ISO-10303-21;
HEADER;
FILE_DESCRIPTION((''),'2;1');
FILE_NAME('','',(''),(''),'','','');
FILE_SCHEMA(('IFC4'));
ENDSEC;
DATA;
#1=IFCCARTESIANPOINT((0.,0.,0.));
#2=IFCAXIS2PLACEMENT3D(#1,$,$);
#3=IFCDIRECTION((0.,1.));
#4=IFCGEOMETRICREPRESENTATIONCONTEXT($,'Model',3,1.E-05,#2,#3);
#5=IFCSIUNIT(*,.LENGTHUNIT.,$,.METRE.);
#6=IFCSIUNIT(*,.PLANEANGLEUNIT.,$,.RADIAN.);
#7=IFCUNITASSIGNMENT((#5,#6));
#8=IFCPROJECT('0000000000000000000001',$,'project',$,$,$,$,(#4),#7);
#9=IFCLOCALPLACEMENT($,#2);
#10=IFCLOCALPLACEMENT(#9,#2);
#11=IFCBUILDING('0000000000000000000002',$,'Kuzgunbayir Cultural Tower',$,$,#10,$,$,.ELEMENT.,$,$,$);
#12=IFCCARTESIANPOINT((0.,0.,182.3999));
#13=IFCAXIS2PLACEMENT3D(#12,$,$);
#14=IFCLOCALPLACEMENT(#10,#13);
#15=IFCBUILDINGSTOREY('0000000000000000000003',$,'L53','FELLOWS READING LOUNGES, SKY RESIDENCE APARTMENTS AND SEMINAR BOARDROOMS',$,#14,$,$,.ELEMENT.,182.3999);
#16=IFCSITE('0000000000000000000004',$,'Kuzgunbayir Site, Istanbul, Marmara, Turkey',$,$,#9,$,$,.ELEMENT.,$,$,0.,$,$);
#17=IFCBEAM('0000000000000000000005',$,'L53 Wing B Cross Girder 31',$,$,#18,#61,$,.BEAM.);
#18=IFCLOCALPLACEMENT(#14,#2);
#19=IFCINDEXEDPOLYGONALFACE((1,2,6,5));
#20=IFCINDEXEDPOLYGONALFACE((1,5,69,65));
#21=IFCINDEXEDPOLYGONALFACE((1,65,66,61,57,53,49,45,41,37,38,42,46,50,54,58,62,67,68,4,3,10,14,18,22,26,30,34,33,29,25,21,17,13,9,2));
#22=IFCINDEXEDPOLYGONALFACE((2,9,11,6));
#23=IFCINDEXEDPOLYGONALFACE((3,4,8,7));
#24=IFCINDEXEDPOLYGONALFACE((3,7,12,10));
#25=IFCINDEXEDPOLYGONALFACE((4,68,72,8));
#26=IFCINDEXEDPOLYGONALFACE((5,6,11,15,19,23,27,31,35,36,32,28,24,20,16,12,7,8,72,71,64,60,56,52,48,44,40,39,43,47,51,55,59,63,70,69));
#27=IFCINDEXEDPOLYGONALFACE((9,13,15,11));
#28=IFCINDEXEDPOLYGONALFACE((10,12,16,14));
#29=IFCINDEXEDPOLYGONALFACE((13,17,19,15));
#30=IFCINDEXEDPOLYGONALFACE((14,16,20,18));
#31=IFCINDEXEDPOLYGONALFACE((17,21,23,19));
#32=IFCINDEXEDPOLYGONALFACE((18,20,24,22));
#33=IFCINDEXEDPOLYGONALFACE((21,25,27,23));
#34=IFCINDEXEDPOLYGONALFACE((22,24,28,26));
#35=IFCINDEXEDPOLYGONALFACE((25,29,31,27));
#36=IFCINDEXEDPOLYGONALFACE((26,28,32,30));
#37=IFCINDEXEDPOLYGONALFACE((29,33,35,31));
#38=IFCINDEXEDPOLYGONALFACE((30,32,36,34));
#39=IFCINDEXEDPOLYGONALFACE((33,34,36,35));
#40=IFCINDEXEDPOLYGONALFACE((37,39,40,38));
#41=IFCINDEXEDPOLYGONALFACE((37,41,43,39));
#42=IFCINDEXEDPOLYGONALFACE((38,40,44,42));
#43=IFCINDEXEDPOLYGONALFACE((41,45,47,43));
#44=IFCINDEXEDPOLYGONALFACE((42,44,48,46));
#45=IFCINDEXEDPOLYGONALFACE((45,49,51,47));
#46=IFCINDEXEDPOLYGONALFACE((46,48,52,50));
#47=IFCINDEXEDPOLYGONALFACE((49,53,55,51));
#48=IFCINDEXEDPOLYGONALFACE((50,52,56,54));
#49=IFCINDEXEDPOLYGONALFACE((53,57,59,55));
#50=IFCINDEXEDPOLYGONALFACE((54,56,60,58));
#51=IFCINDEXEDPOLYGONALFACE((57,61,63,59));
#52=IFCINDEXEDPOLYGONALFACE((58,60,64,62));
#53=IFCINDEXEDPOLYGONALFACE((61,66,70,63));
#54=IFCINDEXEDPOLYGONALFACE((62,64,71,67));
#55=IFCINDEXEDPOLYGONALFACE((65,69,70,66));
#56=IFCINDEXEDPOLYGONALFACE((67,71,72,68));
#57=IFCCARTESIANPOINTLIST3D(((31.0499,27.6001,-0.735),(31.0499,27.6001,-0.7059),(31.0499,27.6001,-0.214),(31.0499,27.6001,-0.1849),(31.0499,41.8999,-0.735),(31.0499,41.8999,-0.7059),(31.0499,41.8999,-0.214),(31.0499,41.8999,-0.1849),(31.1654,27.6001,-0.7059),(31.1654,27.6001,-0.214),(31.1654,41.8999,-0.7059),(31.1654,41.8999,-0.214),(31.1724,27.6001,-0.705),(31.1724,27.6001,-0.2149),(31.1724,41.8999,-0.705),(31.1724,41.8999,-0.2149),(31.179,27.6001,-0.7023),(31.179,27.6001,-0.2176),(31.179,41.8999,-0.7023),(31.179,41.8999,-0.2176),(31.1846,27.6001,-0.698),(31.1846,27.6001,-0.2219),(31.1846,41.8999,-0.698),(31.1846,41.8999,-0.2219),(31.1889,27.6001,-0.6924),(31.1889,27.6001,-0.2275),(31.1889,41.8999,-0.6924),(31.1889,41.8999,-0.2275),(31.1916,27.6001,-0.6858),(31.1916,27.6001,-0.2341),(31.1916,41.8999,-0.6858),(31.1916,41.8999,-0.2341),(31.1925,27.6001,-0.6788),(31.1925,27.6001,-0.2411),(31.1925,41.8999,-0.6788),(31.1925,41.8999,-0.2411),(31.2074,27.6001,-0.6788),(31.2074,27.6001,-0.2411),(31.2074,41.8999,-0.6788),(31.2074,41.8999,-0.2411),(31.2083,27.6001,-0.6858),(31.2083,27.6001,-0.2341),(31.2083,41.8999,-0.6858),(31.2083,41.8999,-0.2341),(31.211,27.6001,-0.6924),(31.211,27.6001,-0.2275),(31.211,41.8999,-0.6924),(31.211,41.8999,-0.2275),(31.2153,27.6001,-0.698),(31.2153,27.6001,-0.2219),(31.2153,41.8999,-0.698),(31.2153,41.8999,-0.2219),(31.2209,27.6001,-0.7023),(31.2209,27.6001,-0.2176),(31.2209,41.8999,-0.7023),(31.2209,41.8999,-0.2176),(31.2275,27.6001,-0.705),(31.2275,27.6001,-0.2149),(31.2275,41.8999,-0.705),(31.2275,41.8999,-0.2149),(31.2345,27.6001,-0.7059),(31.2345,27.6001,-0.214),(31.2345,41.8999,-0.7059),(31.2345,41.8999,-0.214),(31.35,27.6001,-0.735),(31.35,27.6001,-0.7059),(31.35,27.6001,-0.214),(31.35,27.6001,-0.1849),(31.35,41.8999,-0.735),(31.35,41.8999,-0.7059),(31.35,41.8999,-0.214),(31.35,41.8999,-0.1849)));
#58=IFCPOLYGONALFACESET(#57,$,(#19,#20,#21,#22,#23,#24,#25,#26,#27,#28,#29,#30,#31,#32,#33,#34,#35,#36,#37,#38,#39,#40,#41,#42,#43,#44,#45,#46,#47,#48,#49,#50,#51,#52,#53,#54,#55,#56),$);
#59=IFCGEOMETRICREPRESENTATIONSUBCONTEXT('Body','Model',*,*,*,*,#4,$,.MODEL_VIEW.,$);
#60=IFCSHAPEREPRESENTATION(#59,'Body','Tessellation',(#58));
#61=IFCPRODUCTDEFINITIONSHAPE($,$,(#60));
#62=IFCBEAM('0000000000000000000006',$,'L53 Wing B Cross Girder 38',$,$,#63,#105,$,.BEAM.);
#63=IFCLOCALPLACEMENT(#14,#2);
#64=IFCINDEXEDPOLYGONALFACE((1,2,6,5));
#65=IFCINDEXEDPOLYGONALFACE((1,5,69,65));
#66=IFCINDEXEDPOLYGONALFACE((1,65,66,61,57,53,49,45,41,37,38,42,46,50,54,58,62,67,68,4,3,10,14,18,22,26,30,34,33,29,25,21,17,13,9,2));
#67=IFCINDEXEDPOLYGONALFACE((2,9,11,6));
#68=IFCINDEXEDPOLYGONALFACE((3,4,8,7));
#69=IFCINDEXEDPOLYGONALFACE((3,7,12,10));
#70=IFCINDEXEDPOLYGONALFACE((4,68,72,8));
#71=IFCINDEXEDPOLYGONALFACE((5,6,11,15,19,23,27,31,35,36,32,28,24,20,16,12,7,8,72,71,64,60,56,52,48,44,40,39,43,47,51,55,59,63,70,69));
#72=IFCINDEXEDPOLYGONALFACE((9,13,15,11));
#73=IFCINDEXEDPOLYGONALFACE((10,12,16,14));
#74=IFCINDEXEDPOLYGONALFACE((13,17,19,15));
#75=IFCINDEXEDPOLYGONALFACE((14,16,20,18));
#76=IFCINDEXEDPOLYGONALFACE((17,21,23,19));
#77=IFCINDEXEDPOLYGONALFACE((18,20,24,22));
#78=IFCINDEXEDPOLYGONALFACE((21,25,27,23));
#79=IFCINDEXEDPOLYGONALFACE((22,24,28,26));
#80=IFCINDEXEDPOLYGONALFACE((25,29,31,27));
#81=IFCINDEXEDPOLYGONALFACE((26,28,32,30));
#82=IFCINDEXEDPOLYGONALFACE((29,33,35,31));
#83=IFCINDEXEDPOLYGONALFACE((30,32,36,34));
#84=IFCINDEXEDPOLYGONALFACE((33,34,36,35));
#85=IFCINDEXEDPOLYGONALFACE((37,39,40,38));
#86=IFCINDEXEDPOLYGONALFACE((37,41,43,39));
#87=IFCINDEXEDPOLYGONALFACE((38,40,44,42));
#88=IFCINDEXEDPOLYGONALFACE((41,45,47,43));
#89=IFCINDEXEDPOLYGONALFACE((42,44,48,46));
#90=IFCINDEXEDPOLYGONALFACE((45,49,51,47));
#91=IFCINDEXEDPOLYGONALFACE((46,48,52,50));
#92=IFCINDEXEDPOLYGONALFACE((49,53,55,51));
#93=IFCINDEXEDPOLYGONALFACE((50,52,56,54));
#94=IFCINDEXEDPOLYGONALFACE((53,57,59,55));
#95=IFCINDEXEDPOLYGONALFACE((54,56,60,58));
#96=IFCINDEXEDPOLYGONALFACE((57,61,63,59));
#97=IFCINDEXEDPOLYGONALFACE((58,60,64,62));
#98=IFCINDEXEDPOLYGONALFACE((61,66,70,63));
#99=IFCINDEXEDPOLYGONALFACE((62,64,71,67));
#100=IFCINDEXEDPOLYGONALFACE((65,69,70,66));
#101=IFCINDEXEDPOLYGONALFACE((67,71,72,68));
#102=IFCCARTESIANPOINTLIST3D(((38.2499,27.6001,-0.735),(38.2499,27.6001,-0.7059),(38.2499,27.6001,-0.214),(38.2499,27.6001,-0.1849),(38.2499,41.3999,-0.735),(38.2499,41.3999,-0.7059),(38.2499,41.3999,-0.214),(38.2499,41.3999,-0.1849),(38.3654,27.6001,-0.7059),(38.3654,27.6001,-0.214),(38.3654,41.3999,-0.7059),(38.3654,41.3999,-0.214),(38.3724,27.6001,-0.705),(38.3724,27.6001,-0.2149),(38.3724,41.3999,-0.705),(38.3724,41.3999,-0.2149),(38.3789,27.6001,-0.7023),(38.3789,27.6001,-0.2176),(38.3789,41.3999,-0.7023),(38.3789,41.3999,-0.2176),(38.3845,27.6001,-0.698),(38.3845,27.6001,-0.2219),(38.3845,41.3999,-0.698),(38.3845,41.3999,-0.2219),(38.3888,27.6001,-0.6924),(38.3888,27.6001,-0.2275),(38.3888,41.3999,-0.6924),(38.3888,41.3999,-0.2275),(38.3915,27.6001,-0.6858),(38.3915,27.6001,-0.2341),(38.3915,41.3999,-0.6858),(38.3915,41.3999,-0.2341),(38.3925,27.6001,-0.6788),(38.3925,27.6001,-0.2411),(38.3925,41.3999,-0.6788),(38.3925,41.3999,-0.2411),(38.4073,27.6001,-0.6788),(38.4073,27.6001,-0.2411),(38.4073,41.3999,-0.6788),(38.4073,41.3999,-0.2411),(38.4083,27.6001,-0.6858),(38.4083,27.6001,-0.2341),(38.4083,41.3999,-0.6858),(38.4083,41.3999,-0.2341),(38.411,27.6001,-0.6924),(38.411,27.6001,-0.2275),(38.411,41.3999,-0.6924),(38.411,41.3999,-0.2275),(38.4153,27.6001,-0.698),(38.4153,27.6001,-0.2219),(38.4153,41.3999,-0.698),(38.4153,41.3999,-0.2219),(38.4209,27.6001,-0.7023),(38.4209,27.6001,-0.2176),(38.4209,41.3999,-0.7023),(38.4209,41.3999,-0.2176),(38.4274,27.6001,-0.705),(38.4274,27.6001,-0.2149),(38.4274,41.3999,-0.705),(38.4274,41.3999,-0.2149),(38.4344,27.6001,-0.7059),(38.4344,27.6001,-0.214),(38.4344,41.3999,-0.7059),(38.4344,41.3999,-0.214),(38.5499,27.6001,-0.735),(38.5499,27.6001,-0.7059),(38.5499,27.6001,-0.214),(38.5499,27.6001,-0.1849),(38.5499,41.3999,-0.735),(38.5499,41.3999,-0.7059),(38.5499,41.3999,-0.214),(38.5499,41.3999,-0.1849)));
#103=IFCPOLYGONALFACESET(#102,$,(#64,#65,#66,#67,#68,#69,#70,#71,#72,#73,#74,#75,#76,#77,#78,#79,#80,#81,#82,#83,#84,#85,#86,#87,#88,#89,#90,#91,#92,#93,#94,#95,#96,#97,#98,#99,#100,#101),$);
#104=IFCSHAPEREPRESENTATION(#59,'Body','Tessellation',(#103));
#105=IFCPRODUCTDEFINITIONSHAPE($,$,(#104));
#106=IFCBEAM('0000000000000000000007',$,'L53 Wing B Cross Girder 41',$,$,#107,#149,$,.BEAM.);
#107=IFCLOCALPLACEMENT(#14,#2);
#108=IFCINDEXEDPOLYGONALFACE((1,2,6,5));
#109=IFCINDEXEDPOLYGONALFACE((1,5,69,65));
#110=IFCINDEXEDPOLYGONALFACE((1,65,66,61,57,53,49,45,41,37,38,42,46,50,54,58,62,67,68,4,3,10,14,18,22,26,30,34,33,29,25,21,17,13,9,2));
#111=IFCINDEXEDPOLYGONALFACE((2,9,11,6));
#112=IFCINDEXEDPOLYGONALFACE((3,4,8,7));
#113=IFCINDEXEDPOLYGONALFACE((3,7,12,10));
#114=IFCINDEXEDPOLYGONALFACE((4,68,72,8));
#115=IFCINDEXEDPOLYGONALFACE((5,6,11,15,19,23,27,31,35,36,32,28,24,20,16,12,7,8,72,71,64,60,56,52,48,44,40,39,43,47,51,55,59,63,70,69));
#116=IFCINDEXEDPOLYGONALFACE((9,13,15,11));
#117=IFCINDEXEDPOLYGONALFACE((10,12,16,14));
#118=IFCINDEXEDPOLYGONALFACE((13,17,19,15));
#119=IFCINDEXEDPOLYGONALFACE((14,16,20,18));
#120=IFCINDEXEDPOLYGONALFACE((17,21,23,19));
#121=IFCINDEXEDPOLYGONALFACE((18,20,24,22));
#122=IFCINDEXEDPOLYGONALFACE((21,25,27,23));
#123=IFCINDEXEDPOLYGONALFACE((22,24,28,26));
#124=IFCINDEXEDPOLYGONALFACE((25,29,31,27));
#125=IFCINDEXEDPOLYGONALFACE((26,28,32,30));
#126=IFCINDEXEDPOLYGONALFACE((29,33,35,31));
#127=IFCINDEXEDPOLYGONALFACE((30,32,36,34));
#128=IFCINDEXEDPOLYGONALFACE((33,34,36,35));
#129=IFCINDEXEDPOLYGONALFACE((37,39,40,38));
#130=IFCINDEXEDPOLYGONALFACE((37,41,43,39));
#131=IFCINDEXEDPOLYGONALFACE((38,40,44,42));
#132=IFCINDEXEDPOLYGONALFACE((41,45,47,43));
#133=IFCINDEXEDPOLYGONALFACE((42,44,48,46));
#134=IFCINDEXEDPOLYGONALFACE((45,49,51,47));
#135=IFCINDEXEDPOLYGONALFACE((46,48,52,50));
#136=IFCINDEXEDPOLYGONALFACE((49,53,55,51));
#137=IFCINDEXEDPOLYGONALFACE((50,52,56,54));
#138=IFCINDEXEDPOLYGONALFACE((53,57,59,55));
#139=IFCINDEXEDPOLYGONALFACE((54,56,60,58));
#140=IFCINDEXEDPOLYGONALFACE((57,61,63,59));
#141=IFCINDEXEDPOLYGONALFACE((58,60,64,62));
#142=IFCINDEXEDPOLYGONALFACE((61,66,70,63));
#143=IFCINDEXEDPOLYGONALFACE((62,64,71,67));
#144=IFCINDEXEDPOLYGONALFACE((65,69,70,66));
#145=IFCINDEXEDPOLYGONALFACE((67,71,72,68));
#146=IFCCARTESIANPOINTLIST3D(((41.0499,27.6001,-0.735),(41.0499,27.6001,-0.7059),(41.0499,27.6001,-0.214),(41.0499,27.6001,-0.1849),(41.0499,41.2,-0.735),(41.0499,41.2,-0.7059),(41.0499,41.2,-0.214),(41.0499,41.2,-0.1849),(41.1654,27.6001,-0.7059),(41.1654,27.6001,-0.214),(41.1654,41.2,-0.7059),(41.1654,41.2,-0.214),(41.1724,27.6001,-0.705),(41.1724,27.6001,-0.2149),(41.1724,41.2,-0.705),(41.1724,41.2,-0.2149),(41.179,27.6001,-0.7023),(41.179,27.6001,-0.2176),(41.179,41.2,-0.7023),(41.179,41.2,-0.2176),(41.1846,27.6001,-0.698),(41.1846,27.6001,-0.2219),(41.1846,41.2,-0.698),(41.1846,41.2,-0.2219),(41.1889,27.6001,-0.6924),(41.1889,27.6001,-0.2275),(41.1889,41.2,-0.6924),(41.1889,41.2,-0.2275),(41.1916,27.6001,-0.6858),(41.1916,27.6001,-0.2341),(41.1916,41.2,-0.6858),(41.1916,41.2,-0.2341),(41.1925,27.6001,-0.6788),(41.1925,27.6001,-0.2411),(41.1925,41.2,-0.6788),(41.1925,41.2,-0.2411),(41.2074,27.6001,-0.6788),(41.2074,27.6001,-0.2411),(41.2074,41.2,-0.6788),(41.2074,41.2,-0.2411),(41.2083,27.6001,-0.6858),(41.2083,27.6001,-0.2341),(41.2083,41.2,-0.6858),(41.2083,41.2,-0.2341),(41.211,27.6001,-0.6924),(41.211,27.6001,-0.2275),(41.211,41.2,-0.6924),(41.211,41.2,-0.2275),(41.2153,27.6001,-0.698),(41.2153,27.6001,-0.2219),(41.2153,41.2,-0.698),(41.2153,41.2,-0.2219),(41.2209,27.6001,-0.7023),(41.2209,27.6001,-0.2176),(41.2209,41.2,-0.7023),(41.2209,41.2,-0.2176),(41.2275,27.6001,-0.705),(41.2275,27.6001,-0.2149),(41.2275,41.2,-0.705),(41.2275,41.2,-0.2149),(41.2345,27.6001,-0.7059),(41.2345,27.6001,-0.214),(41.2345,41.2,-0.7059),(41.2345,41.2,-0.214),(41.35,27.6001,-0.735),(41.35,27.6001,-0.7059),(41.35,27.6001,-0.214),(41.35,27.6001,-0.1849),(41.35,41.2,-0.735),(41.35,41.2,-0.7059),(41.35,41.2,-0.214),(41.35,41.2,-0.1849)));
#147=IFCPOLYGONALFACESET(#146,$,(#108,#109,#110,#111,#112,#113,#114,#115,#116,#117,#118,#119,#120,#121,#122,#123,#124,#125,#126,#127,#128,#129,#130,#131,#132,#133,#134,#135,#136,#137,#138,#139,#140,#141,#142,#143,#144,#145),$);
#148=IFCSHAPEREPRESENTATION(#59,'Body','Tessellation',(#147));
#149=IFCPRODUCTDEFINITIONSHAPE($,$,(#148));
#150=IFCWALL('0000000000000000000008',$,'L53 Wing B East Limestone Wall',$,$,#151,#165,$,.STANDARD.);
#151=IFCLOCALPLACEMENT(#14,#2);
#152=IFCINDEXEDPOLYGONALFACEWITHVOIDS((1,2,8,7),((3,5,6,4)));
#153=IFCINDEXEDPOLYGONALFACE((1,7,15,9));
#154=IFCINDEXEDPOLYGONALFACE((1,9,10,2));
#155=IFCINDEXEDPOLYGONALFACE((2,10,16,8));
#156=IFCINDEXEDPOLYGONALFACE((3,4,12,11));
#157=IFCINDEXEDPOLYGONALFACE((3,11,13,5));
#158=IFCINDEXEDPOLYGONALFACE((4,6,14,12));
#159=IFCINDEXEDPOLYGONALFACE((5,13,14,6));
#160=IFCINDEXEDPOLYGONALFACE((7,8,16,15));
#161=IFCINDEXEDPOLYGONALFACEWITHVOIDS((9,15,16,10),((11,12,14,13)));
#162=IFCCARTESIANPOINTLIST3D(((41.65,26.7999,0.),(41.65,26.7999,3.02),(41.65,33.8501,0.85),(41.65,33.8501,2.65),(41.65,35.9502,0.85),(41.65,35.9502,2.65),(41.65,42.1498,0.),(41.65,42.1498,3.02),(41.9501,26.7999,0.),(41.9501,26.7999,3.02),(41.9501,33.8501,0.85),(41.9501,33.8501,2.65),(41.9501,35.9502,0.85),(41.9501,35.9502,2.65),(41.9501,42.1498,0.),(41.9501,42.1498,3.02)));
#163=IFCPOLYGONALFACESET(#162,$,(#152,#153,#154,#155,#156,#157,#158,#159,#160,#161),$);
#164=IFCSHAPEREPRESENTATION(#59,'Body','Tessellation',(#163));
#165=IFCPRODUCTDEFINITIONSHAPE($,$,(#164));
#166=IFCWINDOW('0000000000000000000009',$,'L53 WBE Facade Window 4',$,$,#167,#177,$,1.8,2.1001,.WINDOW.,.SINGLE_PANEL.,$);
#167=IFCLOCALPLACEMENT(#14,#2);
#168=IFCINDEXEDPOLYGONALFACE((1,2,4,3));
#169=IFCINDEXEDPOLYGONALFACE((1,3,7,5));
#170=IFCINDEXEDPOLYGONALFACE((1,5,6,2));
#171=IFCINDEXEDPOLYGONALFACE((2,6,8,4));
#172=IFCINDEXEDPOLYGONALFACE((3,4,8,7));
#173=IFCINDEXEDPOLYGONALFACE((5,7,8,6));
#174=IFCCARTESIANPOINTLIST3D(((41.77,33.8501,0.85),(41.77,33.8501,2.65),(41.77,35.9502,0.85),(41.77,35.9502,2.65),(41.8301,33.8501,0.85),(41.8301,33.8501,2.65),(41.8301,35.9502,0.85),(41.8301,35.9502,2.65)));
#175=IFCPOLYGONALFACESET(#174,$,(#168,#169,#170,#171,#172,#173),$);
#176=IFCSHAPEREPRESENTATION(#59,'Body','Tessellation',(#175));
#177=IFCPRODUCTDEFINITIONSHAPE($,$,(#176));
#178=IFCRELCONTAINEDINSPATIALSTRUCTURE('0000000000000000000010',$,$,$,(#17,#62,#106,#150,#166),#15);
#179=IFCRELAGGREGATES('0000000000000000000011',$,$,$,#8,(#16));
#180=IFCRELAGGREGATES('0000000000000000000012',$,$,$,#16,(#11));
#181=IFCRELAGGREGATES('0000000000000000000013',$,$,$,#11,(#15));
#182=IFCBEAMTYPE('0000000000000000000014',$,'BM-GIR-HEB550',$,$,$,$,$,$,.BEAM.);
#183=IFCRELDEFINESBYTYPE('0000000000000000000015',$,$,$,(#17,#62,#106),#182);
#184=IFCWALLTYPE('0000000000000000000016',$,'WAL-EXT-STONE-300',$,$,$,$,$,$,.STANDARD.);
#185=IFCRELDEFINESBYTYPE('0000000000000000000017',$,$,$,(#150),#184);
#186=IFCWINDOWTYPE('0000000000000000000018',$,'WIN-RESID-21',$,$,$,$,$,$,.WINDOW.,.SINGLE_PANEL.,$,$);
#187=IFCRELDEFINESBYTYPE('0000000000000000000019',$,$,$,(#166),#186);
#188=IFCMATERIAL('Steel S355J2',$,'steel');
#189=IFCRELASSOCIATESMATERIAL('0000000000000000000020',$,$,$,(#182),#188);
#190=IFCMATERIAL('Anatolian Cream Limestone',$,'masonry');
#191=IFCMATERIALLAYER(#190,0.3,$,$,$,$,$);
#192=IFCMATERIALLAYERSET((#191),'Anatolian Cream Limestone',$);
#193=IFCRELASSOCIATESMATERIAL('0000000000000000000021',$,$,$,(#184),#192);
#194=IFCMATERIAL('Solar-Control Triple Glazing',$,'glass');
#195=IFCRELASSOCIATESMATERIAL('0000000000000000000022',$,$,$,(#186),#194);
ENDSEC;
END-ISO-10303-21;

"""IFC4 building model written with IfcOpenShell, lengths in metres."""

from ifc_helpers import new_model, si_unit, direction, frame, frame_2d, origin, origin_2d, place, context, subcontext, project, spatial, rectangle, i_section, extrude, material, layer, layer_set, material_profile, profile_set, type_object, element, fill, save


model = new_model("IFC4")

# Units and contexts
model_context = context("Model", 3, precision=1e-05, world=origin(), true_north=direction((0.0, 1.0)))
body_context = subcontext(model_context, "Body", "Model", "MODEL_VIEW")
ifc_project = project(units=[si_unit("LENGTHUNIT", "METRE"), si_unit("PLANEANGLEUNIT", "RADIAN")], contexts=[model_context])

# Site, building, storey
site_placement = place(None, origin())
site = spatial("IfcSite", under=ifc_project, at=site_placement, Name="Kuzgunbayir Site, Istanbul, Marmara, Turkey", CompositionType="ELEMENT", RefElevation=0.0)
building_placement = place(site_placement, origin())
building = spatial("IfcBuilding", under=site, at=building_placement, Name="Kuzgunbayir Cultural Tower", CompositionType="ELEMENT")
storey_placement = place(building_placement, frame((0.0, 0.0, 182.3999)))
storey = spatial("IfcBuildingStorey", under=building, at=storey_placement, Name="L53", Description="FELLOWS READING LOUNGES, SKY RESIDENCE APARTMENTS AND SEMINAR BOARDROOMS", CompositionType="ELEMENT", Elevation=182.3999)

# Beams
ifc_material_1 = material(Name="Steel S355J2", Category="steel")
ifc_material_profile_1 = material_profile(ifc_material_1, i_section(OverallWidth=0.3, OverallDepth=0.55, WebThickness=0.0149, FlangeThickness=0.0291, FilletRadius=0.0271, at=origin_2d()), Name="HEB 550")
ifc_profile_set_1 = profile_set([ifc_material_profile_1], Name="Steel S355J2")
beam_type_1 = type_object("IfcBeamType", Name="BM-GIR-HEB550", PredefinedType="BEAM", material=ifc_profile_set_1)
beam_1_placement = place(storey_placement, frame((31.2, 27.6001, -0.46), z_axis=(0.0, 1.0, 0.0), x_axis=(-1.0, 0.0, 0.0)))
element("IfcBeam", 1, at=beam_1_placement, inside=storey, type_object=beam_type_1, Name="L53 Wing B Cross Girder 31", PredefinedType="BEAM", context=body_context, shape_type="SweptSolid", body=[
    extrude(i_section(OverallWidth=0.3, OverallDepth=0.55, WebThickness=0.0149, FlangeThickness=0.0291, FilletRadius=0.0271, at=origin_2d()), origin(), (0.0, 0.0, 1.0), 14.2998),
])
beam_2_placement = place(storey_placement, frame((38.3999, 27.6001, -0.46), z_axis=(0.0, 1.0, 0.0), x_axis=(-1.0, 0.0, 0.0)))
element("IfcBeam", 2, at=beam_2_placement, inside=storey, type_object=beam_type_1, Name="L53 Wing B Cross Girder 38", PredefinedType="BEAM", context=body_context, shape_type="SweptSolid", body=[
    extrude(i_section(OverallWidth=0.3, OverallDepth=0.55, WebThickness=0.0149, FlangeThickness=0.0291, FilletRadius=0.0271, at=origin_2d()), origin(), (0.0, 0.0, 1.0), 13.7998),
])
beam_3_placement = place(storey_placement, frame((41.2, 27.6001, -0.46), z_axis=(0.0, 1.0, 0.0), x_axis=(-1.0, 0.0, 0.0)))
element("IfcBeam", 3, at=beam_3_placement, inside=storey, type_object=beam_type_1, Name="L53 Wing B Cross Girder 41", PredefinedType="BEAM", context=body_context, shape_type="SweptSolid", body=[
    extrude(i_section(OverallWidth=0.3, OverallDepth=0.55, WebThickness=0.0149, FlangeThickness=0.0291, FilletRadius=0.0271, at=origin_2d()), origin(), (0.0, 0.0, 1.0), 13.5999),
])

# Wall, opening, window
ifc_material_2 = material(Name="Anatolian Cream Limestone", Category="masonry")
ifc_layer_1 = layer(ifc_material_2, 0.3)
ifc_layer_set_1 = layer_set([ifc_layer_1], Name="Anatolian Cream Limestone")
wall_type_1 = type_object("IfcWallType", Name="WAL-EXT-STONE-300", PredefinedType="STANDARD", material=ifc_layer_set_1)
wall_1_placement = place(storey_placement, frame((41.8, 26.8, 0.0), z_axis=(0.0, 0.0, 1.0), x_axis=(0.0, 1.0, 0.0)))
wall_1 = element("IfcWall", 4, at=wall_1_placement, inside=storey, type_object=wall_type_1, Name="L53 Wing B East Limestone Wall", PredefinedType="STANDARD", context=body_context, shape_type="SweptSolid", body=[
    extrude(rectangle(XDim=15.3499, YDim=0.3, at=frame_2d((7.6748, 0.0))), origin(), (0.0, 0.0, 1.0), 3.02),
])
opening_1_placement = place(wall_1_placement, frame((7.05, 0.0, 0.8501)))
opening_1 = element("IfcOpeningElement", 5, at=opening_1_placement, cuts=wall_1, PredefinedType="OPENING", context=body_context, shape_type="SweptSolid", body=[
    extrude(rectangle(XDim=2.1001, YDim=1.8, at=frame_2d((1.05, 0.8999))), frame((0.0, 0.1602, 0.0), z_axis=(0.0, -1.0, 0.0), x_axis=(1.0, 0.0, 0.0)), (0.0, 0.0, 1.0), 0.3201),
])
ifc_material_3 = material(Name="Solar-Control Triple Glazing", Category="glass")
window_type = type_object("IfcWindowType", Name="WIN-RESID-21", PartitioningType="SINGLE_PANEL", PredefinedType="WINDOW", material=ifc_material_3)
window_placement = place(opening_1_placement, origin())
window = element("IfcWindow", 6, at=window_placement, inside=storey, type_object=window_type, Name="L53 WBE Facade Window 4", OverallHeight=1.8, OverallWidth=2.1001, PartitioningType="SINGLE_PANEL", PredefinedType="WINDOW", context=body_context, shape_type="SweptSolid", body=[
    extrude(rectangle(XDim=2.1001, YDim=1.8, at=frame_2d((1.05, 0.8999))), frame((0.0, 0.03, 0.0), z_axis=(0.0, -1.0, 0.0), x_axis=(1.0, 0.0, 0.0)), (0.0, 0.0, 1.0), 0.0601),
])
fill(opening_1, window)

save(model, "model.ifc")
